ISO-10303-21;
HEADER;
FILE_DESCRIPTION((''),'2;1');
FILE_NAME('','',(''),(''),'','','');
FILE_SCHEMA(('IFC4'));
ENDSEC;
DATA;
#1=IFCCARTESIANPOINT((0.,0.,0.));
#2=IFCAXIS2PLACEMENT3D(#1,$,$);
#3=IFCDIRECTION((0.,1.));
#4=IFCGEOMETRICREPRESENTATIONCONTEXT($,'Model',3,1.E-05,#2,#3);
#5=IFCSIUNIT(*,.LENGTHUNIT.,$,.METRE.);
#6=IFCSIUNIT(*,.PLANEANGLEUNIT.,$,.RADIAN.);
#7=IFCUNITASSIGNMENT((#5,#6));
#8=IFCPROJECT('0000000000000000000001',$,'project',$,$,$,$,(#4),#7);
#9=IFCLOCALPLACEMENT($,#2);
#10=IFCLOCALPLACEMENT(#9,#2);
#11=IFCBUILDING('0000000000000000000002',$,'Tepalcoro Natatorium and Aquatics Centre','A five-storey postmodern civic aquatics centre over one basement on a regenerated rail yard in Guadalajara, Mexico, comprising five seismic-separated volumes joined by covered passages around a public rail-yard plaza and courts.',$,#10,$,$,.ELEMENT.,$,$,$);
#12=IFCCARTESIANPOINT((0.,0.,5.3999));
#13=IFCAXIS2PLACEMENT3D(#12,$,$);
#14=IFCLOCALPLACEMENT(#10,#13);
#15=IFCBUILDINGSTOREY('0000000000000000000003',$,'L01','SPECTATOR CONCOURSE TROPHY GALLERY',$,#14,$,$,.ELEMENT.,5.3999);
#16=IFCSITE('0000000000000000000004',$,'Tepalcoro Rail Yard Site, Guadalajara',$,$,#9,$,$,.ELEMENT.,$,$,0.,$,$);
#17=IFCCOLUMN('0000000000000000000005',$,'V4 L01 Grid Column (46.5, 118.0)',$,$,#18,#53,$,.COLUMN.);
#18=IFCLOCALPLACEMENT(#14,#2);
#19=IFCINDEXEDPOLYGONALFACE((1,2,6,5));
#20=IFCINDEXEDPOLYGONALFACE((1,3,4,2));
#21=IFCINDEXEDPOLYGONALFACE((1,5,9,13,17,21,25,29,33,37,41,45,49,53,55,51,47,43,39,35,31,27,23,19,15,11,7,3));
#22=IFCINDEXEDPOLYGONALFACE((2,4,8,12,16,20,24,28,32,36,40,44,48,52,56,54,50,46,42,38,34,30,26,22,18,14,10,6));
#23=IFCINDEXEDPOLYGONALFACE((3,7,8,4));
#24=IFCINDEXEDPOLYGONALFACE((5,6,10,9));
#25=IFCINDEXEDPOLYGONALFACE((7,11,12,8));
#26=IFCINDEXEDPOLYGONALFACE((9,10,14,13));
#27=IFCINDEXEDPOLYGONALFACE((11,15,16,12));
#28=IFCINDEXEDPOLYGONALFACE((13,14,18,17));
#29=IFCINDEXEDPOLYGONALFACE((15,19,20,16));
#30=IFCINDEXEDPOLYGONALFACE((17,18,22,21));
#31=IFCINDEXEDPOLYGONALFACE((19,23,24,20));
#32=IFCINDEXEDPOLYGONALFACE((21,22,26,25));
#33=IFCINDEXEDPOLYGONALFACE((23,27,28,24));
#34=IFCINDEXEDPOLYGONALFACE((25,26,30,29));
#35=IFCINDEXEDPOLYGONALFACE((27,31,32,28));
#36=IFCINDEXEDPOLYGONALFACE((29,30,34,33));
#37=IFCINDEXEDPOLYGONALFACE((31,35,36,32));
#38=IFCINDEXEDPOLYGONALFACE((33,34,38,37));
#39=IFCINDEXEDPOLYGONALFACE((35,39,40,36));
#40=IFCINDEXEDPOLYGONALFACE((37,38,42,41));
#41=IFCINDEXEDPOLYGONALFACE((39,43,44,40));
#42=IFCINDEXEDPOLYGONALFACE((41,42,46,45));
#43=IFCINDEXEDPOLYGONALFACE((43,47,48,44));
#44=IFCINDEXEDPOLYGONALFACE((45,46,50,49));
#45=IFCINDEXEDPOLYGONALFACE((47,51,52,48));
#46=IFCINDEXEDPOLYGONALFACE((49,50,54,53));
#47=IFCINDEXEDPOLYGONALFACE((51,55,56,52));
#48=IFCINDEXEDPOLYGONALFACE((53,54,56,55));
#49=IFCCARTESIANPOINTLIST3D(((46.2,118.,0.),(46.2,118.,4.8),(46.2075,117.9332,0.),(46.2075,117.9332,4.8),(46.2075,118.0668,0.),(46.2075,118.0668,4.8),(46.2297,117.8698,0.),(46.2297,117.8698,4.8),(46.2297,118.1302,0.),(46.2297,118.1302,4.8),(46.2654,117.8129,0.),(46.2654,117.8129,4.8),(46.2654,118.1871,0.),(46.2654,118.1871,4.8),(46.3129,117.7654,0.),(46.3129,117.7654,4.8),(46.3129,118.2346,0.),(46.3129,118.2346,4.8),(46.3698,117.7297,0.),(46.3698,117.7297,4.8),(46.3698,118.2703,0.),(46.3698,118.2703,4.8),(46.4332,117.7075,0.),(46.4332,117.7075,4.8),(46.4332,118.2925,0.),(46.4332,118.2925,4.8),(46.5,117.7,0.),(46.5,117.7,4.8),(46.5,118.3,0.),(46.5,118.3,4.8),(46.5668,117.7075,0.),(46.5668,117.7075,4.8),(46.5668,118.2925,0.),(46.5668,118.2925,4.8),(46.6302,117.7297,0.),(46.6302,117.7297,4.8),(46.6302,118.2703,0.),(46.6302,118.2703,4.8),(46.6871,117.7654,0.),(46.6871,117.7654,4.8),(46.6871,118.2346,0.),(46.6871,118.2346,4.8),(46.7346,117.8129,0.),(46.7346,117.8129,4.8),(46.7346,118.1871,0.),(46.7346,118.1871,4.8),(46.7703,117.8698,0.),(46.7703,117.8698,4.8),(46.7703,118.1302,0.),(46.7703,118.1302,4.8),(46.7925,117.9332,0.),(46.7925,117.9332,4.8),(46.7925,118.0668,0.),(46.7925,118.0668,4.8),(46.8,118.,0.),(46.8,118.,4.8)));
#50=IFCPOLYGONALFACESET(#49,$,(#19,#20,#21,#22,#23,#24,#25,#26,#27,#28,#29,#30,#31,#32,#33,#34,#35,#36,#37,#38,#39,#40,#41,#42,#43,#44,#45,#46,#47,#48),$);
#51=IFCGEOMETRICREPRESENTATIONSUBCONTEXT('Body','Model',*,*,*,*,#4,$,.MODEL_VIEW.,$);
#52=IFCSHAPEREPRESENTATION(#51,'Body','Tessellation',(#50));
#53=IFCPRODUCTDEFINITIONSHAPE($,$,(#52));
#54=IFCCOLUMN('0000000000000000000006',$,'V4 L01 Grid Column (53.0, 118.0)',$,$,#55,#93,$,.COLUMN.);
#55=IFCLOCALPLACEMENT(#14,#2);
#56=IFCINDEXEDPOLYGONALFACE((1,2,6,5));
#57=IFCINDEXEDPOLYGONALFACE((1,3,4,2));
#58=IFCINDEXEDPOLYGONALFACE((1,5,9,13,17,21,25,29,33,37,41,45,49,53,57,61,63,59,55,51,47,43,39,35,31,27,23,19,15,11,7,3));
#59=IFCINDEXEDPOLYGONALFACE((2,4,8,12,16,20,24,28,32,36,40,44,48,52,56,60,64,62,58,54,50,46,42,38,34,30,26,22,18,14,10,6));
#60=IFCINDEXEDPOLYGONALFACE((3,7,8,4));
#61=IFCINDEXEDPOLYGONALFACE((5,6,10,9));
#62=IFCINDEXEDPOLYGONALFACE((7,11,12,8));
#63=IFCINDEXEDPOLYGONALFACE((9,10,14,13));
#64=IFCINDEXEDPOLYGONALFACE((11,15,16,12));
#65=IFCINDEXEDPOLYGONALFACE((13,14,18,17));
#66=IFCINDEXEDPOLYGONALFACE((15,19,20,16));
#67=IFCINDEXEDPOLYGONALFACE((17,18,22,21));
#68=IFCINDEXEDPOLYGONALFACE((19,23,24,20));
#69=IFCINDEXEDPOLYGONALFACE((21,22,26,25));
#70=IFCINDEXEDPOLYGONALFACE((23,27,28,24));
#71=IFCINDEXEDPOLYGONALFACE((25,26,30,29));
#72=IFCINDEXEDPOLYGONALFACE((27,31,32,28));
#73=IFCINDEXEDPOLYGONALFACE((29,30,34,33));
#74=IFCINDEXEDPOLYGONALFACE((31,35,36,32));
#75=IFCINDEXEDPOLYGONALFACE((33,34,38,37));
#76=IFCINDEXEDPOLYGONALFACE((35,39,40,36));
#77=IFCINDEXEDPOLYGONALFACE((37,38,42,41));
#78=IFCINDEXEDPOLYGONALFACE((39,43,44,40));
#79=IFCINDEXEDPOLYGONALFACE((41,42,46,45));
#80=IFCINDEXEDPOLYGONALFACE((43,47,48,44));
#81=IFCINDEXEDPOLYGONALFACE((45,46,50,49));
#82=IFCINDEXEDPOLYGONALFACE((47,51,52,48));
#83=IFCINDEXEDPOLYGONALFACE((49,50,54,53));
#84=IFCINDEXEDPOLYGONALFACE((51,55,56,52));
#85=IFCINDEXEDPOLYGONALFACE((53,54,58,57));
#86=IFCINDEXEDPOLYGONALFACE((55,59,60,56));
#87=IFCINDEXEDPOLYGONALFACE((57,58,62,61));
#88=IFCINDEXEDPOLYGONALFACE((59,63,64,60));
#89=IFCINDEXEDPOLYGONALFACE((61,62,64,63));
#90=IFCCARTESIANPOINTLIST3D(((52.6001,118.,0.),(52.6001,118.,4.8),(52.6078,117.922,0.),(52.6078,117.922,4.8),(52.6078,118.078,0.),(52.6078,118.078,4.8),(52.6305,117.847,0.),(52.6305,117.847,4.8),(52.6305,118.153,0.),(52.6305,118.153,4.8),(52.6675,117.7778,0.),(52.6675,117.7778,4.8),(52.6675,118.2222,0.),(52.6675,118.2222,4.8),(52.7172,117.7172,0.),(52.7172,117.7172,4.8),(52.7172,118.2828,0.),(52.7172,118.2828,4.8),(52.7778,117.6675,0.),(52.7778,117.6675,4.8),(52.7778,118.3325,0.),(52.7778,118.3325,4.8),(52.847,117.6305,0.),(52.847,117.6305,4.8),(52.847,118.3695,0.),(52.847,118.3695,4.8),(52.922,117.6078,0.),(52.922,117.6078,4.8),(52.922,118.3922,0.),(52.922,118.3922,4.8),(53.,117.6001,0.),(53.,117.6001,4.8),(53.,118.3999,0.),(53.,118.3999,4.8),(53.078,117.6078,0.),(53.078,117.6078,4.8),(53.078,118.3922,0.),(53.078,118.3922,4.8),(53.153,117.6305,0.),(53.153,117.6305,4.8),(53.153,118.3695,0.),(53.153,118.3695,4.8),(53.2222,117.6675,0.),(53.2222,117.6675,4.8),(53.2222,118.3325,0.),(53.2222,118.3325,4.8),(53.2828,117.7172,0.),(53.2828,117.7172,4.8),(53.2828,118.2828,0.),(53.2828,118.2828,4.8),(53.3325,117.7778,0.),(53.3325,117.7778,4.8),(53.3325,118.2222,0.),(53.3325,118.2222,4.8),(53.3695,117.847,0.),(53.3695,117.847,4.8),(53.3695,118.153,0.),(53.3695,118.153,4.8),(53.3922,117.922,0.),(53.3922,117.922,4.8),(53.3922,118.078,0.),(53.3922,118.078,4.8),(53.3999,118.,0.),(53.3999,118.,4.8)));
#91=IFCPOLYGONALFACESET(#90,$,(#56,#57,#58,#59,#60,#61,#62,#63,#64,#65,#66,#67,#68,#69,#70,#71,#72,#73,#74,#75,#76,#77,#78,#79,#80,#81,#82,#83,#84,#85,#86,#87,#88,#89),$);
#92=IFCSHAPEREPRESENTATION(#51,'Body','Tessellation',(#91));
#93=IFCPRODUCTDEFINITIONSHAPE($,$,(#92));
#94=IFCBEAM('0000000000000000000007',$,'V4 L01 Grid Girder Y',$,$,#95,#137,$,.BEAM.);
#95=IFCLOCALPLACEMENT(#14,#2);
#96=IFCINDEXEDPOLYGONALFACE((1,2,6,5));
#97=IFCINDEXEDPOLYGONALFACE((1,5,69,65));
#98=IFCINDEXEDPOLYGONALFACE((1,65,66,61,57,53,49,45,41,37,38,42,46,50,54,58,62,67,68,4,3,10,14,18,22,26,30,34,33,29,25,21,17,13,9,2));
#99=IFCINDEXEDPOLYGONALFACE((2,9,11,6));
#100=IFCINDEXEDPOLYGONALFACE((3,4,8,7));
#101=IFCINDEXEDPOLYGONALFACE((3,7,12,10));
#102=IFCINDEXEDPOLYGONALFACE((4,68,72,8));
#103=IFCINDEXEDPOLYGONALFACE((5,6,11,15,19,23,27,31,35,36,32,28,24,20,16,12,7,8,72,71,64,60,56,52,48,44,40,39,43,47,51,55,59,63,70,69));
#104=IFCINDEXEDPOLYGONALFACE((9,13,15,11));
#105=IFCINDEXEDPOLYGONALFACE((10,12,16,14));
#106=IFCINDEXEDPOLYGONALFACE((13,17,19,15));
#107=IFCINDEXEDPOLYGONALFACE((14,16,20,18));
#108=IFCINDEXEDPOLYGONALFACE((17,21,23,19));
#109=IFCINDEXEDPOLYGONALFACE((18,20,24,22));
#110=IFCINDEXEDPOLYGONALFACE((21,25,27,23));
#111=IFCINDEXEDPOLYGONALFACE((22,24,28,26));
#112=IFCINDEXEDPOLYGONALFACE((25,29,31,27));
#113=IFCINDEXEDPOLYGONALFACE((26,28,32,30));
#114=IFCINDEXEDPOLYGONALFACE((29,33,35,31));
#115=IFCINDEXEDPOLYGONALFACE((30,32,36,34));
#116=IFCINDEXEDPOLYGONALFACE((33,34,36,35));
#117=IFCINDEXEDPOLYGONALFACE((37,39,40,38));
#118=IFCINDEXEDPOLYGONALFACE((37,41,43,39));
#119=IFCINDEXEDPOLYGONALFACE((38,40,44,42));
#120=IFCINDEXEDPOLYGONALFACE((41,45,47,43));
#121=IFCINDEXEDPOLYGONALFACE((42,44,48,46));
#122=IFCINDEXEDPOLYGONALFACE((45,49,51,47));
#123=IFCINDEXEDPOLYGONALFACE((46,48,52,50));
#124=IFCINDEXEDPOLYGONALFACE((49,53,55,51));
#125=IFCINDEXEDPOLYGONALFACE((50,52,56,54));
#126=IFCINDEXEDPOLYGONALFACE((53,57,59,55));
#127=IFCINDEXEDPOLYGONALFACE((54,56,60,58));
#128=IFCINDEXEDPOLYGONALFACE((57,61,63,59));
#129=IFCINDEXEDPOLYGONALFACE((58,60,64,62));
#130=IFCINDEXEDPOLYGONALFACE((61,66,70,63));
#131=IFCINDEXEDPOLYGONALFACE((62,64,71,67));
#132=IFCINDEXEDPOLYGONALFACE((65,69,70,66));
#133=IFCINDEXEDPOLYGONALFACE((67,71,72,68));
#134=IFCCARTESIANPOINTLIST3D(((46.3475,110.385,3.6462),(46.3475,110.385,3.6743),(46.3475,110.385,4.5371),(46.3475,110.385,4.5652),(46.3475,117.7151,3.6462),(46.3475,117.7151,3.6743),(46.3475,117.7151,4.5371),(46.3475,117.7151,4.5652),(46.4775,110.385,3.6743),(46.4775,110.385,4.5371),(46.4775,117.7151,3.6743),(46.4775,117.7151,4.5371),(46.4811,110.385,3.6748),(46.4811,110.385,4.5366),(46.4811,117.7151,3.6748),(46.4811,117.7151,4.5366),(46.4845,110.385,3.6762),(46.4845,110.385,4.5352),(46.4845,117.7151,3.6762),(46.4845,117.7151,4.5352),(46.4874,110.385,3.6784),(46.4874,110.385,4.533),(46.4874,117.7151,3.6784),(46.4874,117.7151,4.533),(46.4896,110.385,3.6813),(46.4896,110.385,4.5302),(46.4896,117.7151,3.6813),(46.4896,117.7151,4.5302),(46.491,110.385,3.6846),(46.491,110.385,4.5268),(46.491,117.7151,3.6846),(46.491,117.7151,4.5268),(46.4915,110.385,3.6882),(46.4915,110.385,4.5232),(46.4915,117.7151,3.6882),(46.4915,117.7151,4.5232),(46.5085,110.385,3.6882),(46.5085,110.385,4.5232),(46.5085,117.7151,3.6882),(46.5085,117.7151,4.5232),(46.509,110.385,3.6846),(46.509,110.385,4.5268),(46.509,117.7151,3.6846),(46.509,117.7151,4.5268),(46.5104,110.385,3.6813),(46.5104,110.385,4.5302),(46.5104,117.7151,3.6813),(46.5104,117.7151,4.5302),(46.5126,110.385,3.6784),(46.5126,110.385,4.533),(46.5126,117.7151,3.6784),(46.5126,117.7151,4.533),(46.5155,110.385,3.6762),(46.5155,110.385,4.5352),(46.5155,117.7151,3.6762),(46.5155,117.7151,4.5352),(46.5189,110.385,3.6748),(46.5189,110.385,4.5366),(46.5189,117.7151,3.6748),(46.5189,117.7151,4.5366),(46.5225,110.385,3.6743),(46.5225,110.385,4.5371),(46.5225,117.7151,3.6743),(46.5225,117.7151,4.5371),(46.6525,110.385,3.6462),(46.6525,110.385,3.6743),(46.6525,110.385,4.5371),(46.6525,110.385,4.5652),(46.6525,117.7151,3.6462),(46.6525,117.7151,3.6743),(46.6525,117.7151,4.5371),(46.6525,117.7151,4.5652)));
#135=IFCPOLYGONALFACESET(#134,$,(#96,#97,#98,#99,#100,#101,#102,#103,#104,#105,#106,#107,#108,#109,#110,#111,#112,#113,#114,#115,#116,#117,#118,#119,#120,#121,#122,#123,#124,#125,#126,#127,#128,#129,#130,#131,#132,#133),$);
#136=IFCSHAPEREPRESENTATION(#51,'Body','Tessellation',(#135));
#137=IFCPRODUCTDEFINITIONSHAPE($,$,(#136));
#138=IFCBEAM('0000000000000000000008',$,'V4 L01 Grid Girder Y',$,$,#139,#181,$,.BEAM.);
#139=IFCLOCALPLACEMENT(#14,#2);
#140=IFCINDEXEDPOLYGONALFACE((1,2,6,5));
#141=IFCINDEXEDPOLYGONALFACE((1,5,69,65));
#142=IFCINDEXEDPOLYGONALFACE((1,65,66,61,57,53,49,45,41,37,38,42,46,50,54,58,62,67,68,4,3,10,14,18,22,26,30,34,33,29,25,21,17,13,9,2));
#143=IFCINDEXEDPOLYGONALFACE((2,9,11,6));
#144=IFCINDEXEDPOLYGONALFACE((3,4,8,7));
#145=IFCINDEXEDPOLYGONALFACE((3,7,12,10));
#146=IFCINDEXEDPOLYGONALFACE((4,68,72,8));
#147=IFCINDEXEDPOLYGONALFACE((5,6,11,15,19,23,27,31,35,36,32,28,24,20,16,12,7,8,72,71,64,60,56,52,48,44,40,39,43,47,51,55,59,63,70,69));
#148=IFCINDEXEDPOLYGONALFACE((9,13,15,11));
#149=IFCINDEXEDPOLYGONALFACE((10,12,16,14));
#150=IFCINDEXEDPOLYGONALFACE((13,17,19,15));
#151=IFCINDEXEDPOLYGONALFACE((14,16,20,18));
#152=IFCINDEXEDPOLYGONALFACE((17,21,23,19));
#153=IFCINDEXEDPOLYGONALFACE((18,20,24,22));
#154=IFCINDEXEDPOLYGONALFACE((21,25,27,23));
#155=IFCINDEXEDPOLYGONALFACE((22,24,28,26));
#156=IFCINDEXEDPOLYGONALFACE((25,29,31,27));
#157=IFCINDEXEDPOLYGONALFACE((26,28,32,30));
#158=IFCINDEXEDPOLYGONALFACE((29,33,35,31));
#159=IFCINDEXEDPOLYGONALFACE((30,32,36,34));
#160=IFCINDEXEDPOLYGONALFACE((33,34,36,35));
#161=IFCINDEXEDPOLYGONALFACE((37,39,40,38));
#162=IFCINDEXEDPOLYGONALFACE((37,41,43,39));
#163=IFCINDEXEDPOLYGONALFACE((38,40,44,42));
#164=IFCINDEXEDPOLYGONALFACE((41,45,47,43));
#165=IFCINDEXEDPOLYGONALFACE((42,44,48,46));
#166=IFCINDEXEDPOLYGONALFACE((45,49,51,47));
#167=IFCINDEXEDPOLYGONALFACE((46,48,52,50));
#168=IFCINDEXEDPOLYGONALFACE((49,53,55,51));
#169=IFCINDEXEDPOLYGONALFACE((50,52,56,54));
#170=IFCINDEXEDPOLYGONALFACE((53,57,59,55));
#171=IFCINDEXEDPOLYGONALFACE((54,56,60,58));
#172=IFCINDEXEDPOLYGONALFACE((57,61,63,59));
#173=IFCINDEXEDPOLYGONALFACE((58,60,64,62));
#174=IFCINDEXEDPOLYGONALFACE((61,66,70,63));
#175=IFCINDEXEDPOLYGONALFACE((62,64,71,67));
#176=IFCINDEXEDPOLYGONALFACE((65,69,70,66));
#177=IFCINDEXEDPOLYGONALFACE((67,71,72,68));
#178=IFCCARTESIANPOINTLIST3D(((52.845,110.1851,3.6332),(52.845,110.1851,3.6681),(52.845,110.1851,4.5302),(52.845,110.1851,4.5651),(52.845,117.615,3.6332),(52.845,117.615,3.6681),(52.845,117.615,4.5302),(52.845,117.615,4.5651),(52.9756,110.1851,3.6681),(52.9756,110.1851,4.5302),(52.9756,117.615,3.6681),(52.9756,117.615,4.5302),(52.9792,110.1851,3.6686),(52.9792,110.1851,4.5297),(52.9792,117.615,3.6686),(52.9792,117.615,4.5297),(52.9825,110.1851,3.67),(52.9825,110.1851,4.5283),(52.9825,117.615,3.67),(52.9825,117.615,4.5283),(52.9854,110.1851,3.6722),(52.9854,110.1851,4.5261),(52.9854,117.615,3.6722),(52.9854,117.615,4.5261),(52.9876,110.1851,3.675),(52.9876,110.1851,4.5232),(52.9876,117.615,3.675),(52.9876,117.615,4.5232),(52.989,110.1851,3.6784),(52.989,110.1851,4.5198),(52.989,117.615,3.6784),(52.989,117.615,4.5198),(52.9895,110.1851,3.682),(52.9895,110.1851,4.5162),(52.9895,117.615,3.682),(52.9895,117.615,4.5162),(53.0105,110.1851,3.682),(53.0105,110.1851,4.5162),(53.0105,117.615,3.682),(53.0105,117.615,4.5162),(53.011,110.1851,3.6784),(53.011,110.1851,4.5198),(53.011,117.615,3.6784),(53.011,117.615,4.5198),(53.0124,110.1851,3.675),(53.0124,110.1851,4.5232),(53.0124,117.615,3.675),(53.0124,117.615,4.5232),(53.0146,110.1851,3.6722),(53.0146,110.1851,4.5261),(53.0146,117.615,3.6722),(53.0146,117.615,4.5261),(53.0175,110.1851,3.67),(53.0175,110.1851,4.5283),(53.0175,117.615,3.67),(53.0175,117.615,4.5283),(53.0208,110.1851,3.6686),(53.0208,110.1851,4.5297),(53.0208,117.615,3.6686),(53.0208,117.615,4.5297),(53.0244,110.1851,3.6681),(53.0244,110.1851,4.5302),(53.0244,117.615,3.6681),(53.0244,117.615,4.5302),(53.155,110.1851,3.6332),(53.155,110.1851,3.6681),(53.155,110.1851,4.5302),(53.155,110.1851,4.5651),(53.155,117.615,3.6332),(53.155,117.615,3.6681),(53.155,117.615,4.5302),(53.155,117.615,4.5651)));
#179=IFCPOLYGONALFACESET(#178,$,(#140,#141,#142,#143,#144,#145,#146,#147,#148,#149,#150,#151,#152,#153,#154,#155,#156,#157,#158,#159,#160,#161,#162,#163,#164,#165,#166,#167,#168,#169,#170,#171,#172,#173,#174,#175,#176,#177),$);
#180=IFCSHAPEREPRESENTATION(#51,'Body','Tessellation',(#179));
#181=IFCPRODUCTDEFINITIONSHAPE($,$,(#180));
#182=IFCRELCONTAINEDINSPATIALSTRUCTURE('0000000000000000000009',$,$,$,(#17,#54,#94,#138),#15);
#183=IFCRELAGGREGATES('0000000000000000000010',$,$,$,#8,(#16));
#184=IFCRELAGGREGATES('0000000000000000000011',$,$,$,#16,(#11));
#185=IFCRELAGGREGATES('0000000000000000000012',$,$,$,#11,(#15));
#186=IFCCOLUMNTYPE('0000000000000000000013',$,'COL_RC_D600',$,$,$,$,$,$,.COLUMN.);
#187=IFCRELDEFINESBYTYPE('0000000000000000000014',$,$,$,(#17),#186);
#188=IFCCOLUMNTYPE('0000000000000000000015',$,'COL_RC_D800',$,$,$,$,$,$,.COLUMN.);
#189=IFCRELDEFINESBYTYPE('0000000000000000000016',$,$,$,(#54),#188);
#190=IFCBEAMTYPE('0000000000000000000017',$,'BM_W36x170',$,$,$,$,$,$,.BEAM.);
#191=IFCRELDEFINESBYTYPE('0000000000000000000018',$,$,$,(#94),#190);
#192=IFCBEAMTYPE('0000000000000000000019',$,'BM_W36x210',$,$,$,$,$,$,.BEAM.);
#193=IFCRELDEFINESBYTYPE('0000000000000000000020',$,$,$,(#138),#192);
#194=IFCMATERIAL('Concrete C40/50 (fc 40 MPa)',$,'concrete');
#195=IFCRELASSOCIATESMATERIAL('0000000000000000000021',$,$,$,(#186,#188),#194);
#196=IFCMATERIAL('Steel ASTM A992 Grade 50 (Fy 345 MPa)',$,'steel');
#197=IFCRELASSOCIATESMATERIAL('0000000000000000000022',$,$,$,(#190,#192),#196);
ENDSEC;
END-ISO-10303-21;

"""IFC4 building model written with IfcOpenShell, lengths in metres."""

from ifc_helpers import new_model, si_unit, direction, frame, origin, origin_2d, place, context, subcontext, project, spatial, circle, i_section, extrude, material, material_profile, profile_set, type_object, element, save


model = new_model("IFC4")

# Units and contexts
model_context = context("Model", 3, precision=1e-05, world=origin(), true_north=direction((0.0, 1.0)))
body_context = subcontext(model_context, "Body", "Model", "MODEL_VIEW")
ifc_project = project(units=[si_unit("LENGTHUNIT", "METRE"), si_unit("PLANEANGLEUNIT", "RADIAN")], contexts=[model_context])

# Site, building, storey
site_placement = place(None, origin())
site = spatial("IfcSite", under=ifc_project, at=site_placement, Name="Tepalcoro Rail Yard Site, Guadalajara", CompositionType="ELEMENT", RefElevation=0.0)
building_placement = place(site_placement, origin())
building = spatial("IfcBuilding", under=site, at=building_placement, Name="Tepalcoro Natatorium and Aquatics Centre", Description="A five-storey postmodern civic aquatics centre over one basement on a regenerated rail yard in Guadalajara, Mexico, comprising five seismic-separated volumes joined by covered passages around a public rail-yard plaza and courts.", CompositionType="ELEMENT")
storey_placement = place(building_placement, frame((0.0, 0.0, 5.3999)))
storey = spatial("IfcBuildingStorey", under=building, at=storey_placement, Name="L01", Description="SPECTATOR CONCOURSE TROPHY GALLERY", CompositionType="ELEMENT", Elevation=5.3999)

# Columns
ifc_material_1 = material(Name="Concrete C40/50 (fc 40 MPa)", Category="concrete")
ifc_material_profile_1 = material_profile(ifc_material_1, circle(Radius=0.3, at=origin_2d()), Name="RCD600")
ifc_profile_set_1 = profile_set([ifc_material_profile_1], Name="Concrete C40/50 (fc 40 MPa)")
column_type_1 = type_object("IfcColumnType", Name="COL_RC_D600", PredefinedType="COLUMN", material=ifc_profile_set_1)
column_1_placement = place(storey_placement, frame((46.5, 118.0, 0.0), z_axis=(0.0, 0.0, 1.0), x_axis=(1.0, 0.0, 0.0)))
element("IfcColumn", 1, at=column_1_placement, inside=storey, type_object=column_type_1, Name="V4 L01 Grid Column (46.5, 118.0)", PredefinedType="COLUMN", context=body_context, shape_type="SweptSolid", body=[
    extrude(circle(Radius=0.3, at=origin_2d()), origin(), (0.0, 0.0, 1.0), 4.8),
])
ifc_material_profile_2 = material_profile(ifc_material_1, circle(Radius=0.3999, at=origin_2d()), Name="RCD800")
ifc_profile_set_2 = profile_set([ifc_material_profile_2], Name="Concrete C40/50 (fc 40 MPa)")
column_type_2 = type_object("IfcColumnType", Name="COL_RC_D800", PredefinedType="COLUMN", material=ifc_profile_set_2)
column_2_placement = place(storey_placement, frame((53.0, 118.0, 0.0), z_axis=(0.0, 0.0, 1.0), x_axis=(1.0, 0.0, 0.0)))
element("IfcColumn", 2, at=column_2_placement, inside=storey, type_object=column_type_2, Name="V4 L01 Grid Column (53.0, 118.0)", PredefinedType="COLUMN", context=body_context, shape_type="SweptSolid", body=[
    extrude(circle(Radius=0.3999, at=origin_2d()), origin(), (0.0, 0.0, 1.0), 4.8),
])

# Beams
ifc_material_2 = material(Name="Steel ASTM A992 Grade 50 (Fy 345 MPa)", Category="steel")
ifc_material_profile_3 = material_profile(ifc_material_2, i_section(OverallWidth=0.3049, OverallDepth=0.9189, WebThickness=0.0171, FlangeThickness=0.0281, FilletRadius=0.0139, at=origin_2d()), Name="W36X170")
ifc_profile_set_3 = profile_set([ifc_material_profile_3], Name="Steel ASTM A992 Grade 50 (Fy 345 MPa)")
beam_type_1 = type_object("IfcBeamType", Name="BM_W36x170", PredefinedType="BEAM", material=ifc_profile_set_3)
beam_1_placement = place(storey_placement, frame((46.5, 110.385, 4.1057), z_axis=(0.0, 1.0, 0.0), x_axis=(-1.0, 0.0, 0.0)))
element("IfcBeam", 3, at=beam_1_placement, inside=storey, type_object=beam_type_1, Name="V4 L01 Grid Girder Y", PredefinedType="BEAM", context=body_context, shape_type="SweptSolid", body=[
    extrude(i_section(OverallWidth=0.3049, OverallDepth=0.9189, WebThickness=0.0171, FlangeThickness=0.0281, FilletRadius=0.0139, at=origin_2d()), origin(), (0.0, 0.0, 1.0), 7.3301),
])
ifc_material_profile_4 = material_profile(ifc_material_2, i_section(OverallWidth=0.3101, OverallDepth=0.9319, WebThickness=0.021, FlangeThickness=0.0349, FilletRadius=0.0139, at=origin_2d()), Name="W36X210")
ifc_profile_set_4 = profile_set([ifc_material_profile_4], Name="Steel ASTM A992 Grade 50 (Fy 345 MPa)")
beam_type_2 = type_object("IfcBeamType", Name="BM_W36x210", PredefinedType="BEAM", material=ifc_profile_set_4)
beam_2_placement = place(storey_placement, frame((53.0, 110.1851, 4.0991), z_axis=(0.0, 1.0, 0.0), x_axis=(-1.0, 0.0, 0.0)))
element("IfcBeam", 4, at=beam_2_placement, inside=storey, type_object=beam_type_2, Name="V4 L01 Grid Girder Y", PredefinedType="BEAM", context=body_context, shape_type="SweptSolid", body=[
    extrude(i_section(OverallWidth=0.3101, OverallDepth=0.9319, WebThickness=0.021, FlangeThickness=0.0349, FilletRadius=0.0139, at=origin_2d()), origin(), (0.0, 0.0, 1.0), 7.4299),
])

save(model, "model.ifc")
